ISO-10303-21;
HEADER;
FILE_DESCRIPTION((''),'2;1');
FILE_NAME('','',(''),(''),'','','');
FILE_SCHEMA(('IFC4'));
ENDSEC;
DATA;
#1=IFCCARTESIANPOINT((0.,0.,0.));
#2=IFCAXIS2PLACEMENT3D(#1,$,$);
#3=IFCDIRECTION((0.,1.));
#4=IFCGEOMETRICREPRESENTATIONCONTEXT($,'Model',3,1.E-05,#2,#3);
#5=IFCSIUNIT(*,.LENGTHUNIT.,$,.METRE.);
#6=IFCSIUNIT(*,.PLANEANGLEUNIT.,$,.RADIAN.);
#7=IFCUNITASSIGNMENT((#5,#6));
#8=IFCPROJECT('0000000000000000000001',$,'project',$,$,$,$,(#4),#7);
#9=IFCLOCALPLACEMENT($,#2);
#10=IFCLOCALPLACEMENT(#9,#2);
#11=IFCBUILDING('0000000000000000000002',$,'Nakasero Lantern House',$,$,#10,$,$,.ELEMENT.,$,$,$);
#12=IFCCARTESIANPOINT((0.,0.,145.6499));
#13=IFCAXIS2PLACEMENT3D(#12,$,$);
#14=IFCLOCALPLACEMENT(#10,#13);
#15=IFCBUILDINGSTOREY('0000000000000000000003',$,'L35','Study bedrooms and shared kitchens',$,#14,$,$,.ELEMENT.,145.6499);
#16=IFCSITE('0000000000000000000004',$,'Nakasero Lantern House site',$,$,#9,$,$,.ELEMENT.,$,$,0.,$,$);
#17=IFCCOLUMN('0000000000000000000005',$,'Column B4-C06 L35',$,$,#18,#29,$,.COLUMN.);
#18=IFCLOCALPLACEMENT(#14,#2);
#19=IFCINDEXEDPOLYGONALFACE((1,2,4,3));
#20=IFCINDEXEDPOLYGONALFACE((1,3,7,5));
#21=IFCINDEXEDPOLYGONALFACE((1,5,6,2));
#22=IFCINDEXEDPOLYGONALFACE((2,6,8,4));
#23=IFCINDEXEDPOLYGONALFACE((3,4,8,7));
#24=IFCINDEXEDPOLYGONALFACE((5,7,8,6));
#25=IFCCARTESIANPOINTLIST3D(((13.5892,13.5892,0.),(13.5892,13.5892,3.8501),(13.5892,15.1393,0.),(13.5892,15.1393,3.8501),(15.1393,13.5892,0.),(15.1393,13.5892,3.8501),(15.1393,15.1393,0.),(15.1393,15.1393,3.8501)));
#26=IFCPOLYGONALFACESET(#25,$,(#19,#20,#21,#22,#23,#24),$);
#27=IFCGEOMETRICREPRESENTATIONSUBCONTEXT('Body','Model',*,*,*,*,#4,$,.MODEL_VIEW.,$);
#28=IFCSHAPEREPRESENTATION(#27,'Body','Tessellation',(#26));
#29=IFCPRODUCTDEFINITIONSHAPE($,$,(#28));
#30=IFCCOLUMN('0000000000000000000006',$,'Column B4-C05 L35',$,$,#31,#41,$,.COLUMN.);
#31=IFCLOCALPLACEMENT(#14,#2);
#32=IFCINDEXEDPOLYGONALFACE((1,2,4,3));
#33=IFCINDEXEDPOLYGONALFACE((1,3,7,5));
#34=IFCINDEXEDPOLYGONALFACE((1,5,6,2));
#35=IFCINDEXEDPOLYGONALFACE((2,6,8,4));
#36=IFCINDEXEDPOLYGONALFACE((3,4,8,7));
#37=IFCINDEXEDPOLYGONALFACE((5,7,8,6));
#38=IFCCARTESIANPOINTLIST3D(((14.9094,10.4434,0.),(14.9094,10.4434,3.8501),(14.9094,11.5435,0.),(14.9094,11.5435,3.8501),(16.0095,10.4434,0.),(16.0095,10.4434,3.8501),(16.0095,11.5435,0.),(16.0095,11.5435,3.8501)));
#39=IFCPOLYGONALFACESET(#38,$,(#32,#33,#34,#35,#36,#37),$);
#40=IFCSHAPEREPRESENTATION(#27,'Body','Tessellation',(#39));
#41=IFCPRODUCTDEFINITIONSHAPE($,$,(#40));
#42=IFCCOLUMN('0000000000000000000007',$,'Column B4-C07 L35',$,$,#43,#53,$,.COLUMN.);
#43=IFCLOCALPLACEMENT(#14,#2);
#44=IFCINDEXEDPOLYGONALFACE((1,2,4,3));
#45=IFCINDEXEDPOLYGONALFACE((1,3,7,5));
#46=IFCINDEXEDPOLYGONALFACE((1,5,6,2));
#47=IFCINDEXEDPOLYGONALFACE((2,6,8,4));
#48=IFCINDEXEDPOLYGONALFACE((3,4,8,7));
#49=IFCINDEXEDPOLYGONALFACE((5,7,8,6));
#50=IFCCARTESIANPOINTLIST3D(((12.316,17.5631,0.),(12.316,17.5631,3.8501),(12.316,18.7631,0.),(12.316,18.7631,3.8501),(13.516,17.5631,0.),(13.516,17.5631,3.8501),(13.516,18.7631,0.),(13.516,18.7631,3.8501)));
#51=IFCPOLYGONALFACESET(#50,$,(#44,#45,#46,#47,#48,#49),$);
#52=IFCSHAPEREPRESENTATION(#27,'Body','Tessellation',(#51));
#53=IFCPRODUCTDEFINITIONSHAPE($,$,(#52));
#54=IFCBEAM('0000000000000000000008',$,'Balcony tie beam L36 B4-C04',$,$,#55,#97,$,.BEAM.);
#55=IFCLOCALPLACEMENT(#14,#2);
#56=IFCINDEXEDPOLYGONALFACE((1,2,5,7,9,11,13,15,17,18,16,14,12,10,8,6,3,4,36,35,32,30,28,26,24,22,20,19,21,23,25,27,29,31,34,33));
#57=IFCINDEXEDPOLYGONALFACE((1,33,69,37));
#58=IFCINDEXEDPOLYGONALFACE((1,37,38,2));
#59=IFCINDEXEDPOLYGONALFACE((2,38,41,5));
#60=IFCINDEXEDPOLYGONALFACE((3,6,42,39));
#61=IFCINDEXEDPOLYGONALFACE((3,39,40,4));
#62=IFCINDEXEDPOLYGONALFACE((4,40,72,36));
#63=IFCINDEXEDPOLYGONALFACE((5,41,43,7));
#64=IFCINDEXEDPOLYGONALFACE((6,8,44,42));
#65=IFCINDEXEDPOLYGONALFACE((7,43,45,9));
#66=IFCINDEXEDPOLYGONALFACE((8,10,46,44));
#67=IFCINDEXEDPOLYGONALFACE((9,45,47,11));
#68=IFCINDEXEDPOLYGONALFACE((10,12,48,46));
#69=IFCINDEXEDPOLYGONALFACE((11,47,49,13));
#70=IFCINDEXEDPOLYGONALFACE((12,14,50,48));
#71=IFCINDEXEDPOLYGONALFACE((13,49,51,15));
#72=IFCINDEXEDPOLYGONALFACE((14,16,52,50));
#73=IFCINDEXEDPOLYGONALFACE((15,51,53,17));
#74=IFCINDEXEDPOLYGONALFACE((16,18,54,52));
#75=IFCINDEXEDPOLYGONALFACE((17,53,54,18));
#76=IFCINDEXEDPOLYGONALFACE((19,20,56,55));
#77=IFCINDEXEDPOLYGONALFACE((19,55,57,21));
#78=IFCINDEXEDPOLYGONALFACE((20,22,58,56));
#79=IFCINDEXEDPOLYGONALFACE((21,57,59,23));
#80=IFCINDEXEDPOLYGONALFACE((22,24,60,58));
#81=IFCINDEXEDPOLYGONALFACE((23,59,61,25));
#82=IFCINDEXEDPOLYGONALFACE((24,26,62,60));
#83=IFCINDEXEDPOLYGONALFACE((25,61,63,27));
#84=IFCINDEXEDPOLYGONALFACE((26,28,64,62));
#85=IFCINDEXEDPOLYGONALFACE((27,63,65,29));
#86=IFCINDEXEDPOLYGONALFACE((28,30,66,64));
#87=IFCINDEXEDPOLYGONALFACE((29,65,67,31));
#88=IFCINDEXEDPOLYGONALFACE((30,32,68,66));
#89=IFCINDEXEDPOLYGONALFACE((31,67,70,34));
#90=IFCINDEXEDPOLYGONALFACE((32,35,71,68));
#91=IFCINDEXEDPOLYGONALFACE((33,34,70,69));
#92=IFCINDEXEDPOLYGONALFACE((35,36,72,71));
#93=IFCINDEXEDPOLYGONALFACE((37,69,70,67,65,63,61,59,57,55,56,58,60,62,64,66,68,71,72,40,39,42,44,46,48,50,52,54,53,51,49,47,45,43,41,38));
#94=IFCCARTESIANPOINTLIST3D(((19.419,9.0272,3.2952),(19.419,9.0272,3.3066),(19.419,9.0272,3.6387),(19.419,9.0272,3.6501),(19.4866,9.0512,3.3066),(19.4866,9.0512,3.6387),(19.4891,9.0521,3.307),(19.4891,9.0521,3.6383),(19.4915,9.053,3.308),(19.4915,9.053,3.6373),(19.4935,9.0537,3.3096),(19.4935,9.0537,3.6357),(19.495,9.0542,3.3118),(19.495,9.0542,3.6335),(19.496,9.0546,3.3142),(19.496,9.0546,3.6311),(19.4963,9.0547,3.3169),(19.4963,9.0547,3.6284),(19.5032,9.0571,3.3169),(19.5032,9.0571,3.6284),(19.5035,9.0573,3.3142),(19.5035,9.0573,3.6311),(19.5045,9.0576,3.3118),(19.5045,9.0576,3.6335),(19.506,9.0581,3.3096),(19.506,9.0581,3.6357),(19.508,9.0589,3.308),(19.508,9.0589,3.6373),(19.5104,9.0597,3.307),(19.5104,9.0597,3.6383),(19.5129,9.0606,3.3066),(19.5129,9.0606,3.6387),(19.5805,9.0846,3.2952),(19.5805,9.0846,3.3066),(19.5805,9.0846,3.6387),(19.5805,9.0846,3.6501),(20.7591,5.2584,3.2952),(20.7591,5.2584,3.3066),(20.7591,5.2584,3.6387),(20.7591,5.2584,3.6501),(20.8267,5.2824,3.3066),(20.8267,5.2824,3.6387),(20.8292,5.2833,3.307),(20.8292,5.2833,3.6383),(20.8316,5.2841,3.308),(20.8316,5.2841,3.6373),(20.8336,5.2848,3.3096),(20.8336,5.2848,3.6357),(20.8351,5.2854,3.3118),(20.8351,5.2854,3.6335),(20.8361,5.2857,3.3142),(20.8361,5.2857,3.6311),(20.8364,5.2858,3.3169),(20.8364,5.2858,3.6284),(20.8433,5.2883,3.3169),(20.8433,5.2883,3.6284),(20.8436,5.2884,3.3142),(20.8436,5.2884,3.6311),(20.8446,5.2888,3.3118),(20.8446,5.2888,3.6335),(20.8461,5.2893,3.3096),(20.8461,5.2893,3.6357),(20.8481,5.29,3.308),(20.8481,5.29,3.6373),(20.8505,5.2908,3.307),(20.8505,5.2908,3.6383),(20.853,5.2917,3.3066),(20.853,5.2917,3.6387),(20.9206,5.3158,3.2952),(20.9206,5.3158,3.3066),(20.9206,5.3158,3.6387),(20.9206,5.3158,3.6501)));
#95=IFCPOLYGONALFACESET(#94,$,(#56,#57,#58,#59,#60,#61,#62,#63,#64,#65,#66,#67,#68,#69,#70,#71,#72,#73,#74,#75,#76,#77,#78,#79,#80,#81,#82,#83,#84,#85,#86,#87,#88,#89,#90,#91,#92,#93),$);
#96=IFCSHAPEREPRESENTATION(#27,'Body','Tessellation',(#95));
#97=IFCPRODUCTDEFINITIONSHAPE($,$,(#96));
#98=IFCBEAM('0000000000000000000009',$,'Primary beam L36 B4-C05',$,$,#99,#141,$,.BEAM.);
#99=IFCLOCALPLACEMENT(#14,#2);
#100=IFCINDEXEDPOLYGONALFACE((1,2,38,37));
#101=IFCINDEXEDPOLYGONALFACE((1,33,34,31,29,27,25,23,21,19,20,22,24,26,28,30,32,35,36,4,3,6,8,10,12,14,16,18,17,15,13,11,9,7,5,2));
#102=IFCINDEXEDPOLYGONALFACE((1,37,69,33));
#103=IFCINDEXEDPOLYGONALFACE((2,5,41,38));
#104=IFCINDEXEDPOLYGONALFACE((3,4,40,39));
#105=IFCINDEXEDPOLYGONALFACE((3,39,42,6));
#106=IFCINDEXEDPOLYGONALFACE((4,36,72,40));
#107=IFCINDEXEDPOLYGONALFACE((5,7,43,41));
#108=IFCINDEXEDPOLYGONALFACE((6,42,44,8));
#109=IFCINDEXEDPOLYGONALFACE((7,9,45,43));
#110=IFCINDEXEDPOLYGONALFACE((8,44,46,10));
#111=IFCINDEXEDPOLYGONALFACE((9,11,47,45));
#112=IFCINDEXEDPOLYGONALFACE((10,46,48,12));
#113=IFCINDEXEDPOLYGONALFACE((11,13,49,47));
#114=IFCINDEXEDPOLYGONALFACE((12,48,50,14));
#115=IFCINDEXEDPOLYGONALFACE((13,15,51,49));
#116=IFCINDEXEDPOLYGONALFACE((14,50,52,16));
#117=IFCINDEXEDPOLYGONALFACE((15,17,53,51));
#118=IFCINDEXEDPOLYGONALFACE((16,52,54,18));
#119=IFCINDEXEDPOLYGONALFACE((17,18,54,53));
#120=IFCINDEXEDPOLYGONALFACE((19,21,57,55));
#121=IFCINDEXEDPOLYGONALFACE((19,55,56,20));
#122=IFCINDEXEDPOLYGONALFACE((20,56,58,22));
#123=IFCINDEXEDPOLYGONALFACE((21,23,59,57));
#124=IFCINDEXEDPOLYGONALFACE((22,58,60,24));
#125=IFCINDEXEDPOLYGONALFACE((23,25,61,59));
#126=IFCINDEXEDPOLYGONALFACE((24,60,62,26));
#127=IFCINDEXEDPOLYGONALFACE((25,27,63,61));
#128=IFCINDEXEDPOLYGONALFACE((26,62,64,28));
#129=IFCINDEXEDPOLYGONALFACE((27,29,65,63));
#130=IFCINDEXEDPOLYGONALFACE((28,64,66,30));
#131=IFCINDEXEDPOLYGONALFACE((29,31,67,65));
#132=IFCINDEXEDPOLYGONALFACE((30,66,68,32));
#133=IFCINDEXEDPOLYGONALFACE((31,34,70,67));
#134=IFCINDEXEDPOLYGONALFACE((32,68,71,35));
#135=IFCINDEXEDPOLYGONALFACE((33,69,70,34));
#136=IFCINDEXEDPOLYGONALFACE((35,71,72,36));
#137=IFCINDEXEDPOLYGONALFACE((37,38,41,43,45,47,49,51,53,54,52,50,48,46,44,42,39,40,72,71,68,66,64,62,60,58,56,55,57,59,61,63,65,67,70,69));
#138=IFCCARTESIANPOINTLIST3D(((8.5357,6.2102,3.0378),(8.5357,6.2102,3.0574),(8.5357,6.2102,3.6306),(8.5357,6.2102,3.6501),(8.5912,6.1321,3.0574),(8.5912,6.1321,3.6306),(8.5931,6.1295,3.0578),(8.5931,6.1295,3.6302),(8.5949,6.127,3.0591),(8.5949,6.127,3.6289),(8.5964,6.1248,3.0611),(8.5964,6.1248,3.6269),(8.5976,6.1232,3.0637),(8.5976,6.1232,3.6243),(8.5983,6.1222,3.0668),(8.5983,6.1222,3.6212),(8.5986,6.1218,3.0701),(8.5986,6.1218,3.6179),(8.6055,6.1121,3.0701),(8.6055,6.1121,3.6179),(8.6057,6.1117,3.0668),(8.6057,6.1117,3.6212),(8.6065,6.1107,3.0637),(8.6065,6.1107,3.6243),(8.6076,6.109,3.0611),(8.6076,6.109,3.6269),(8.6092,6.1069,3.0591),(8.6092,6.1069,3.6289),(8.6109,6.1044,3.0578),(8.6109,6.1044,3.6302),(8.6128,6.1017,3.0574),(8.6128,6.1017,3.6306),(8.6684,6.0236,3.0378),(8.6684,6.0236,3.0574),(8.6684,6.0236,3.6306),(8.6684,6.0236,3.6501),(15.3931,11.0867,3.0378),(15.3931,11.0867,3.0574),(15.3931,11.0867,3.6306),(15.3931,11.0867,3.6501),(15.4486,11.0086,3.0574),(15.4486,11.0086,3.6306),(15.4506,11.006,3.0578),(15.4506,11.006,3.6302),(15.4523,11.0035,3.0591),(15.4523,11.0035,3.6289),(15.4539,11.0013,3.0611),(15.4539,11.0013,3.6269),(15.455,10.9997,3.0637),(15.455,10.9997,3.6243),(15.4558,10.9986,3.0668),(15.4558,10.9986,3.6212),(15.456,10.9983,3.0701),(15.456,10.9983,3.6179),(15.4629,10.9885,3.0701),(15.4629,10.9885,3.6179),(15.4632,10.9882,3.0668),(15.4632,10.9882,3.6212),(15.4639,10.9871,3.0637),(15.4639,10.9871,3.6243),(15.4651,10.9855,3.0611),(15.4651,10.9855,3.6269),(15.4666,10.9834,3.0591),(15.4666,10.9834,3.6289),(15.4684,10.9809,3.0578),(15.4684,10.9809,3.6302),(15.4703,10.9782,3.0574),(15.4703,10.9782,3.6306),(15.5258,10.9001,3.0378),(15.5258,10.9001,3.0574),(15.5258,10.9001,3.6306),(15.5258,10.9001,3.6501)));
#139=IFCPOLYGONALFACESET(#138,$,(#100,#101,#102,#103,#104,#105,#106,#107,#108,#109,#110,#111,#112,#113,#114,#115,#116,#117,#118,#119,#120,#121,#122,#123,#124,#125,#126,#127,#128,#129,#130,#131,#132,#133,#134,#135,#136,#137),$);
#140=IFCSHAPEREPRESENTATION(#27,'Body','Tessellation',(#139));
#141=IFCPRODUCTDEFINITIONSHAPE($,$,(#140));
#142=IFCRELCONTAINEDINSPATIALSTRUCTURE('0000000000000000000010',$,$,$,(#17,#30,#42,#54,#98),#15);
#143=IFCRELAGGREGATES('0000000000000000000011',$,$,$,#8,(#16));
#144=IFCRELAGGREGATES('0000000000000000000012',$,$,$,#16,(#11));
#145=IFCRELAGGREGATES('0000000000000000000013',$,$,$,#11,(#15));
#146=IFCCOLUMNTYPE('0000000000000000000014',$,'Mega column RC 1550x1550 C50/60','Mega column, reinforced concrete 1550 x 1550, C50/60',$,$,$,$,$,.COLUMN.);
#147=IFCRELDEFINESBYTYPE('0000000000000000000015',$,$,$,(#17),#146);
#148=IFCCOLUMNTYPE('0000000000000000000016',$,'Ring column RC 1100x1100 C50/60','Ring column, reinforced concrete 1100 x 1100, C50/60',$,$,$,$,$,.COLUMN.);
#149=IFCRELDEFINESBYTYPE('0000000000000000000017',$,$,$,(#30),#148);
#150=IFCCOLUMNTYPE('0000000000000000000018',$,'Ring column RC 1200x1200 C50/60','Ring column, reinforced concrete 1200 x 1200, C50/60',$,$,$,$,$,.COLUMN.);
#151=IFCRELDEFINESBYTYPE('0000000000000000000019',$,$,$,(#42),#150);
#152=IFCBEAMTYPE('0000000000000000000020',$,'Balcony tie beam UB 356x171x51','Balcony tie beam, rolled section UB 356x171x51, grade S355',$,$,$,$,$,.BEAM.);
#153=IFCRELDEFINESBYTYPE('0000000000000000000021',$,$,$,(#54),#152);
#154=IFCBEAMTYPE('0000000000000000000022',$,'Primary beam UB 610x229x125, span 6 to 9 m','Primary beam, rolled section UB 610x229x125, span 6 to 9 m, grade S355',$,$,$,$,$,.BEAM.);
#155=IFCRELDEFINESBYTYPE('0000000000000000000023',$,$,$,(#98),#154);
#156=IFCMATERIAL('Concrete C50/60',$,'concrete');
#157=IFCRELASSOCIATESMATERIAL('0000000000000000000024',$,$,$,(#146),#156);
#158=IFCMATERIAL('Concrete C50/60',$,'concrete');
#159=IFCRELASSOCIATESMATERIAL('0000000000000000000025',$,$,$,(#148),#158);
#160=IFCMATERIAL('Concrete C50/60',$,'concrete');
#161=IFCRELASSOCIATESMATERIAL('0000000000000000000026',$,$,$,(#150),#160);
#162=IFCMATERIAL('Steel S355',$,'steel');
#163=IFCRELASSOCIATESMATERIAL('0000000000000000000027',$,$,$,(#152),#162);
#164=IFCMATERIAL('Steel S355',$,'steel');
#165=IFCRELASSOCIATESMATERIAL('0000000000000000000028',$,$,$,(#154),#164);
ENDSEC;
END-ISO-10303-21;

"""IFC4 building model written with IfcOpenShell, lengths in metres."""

from ifc_helpers import new_model, si_unit, direction, frame, origin, origin_2d, place, context, subcontext, project, spatial, rectangle, i_section, extrude, material, material_profile, profile_set, type_object, element, save


model = new_model("IFC4")

# Units and contexts
model_context = context("Model", 3, precision=1e-05, world=origin(), true_north=direction((0.0, 1.0)))
body_context = subcontext(model_context, "Body", "Model", "MODEL_VIEW")
ifc_project = project(units=[si_unit("LENGTHUNIT", "METRE"), si_unit("PLANEANGLEUNIT", "RADIAN")], contexts=[model_context])

# Site, building, storey
site_placement = place(None, origin())
site = spatial("IfcSite", under=ifc_project, at=site_placement, Name="Nakasero Lantern House site", CompositionType="ELEMENT", RefElevation=0.0)
building_placement = place(site_placement, origin())
building = spatial("IfcBuilding", under=site, at=building_placement, Name="Nakasero Lantern House", CompositionType="ELEMENT")
storey_placement = place(building_placement, frame((0.0, 0.0, 145.6499)))
storey = spatial("IfcBuildingStorey", under=building, at=storey_placement, Name="L35", Description="Study bedrooms and shared kitchens", CompositionType="ELEMENT", Elevation=145.6499)

# Columns
ifc_material_1 = material(Name="Concrete C50/60", Category="concrete")
ifc_material_profile_1 = material_profile(ifc_material_1, rectangle(XDim=1.55, YDim=1.55, at=origin_2d()), Name="RC 1550x1550")
ifc_profile_set_1 = profile_set([ifc_material_profile_1], Name="Concrete C50/60")
column_type_1 = type_object("IfcColumnType", Name="Mega column RC 1550x1550 C50/60", Description="Mega column, reinforced concrete 1550 x 1550, C50/60", PredefinedType="COLUMN", material=ifc_profile_set_1)
column_1_placement = place(storey_placement, frame((14.3643, 14.3643, 0.0), z_axis=(0.0, 0.0, 1.0), x_axis=(1.0, 0.0, 0.0)))
element("IfcColumn", 1, at=column_1_placement, inside=storey, type_object=column_type_1, Name="Column B4-C06 L35", PredefinedType="COLUMN", context=body_context, shape_type="SweptSolid", body=[
    extrude(rectangle(XDim=1.55, YDim=1.55, at=origin_2d()), origin(), (0.0, 0.0, 1.0), 3.8501),
])
ifc_material_2 = material(Name="Concrete C50/60", Category="concrete")
ifc_material_profile_2 = material_profile(ifc_material_2, rectangle(XDim=1.1001, YDim=1.1001, at=origin_2d()), Name="RC 1100x1100")
ifc_profile_set_2 = profile_set([ifc_material_profile_2], Name="Concrete C50/60")
column_type_2 = type_object("IfcColumnType", Name="Ring column RC 1100x1100 C50/60", Description="Ring column, reinforced concrete 1100 x 1100, C50/60", PredefinedType="COLUMN", material=ifc_profile_set_2)
column_2_placement = place(storey_placement, frame((15.4595, 10.9934, 0.0), z_axis=(0.0, 0.0, 1.0), x_axis=(1.0, 0.0, 0.0)))
element("IfcColumn", 2, at=column_2_placement, inside=storey, type_object=column_type_2, Name="Column B4-C05 L35", PredefinedType="COLUMN", context=body_context, shape_type="SweptSolid", body=[
    extrude(rectangle(XDim=1.1001, YDim=1.1001, at=origin_2d()), origin(), (0.0, 0.0, 1.0), 3.8501),
])
ifc_material_3 = material(Name="Concrete C50/60", Category="concrete")
ifc_material_profile_3 = material_profile(ifc_material_3, rectangle(XDim=1.2, YDim=1.2, at=origin_2d()), Name="RC 1200x1200")
ifc_profile_set_3 = profile_set([ifc_material_profile_3], Name="Concrete C50/60")
column_type_3 = type_object("IfcColumnType", Name="Ring column RC 1200x1200 C50/60", Description="Ring column, reinforced concrete 1200 x 1200, C50/60", PredefinedType="COLUMN", material=ifc_profile_set_3)
column_3_placement = place(storey_placement, frame((12.916, 18.1631, 0.0), z_axis=(0.0, 0.0, 1.0), x_axis=(1.0, 0.0, 0.0)))
element("IfcColumn", 3, at=column_3_placement, inside=storey, type_object=column_type_3, Name="Column B4-C07 L35", PredefinedType="COLUMN", context=body_context, shape_type="SweptSolid", body=[
    extrude(rectangle(XDim=1.2, YDim=1.2, at=origin_2d()), origin(), (0.0, 0.0, 1.0), 3.8501),
])

# Beams
ifc_material_4 = material(Name="Steel S355", Category="steel")
ifc_material_profile_4 = material_profile(ifc_material_4, i_section(OverallWidth=0.1714, OverallDepth=0.355, WebThickness=0.0073, FlangeThickness=0.0115, FilletRadius=0.0103, at=origin_2d()), Name="UB 356x171x51")
ifc_profile_set_4 = profile_set([ifc_material_profile_4], Name="Steel S355")
beam_type_1 = type_object("IfcBeamType", Name="Balcony tie beam UB 356x171x51", Description="Balcony tie beam, rolled section UB 356x171x51, grade S355", PredefinedType="BEAM", material=ifc_profile_set_4)
beam_1_placement = place(storey_placement, frame((19.4998, 9.0559, 3.4727), z_axis=(0.335025, -0.942209, 0.0), x_axis=(0.942209, 0.335025, 0.0)))
element("IfcBeam", 4, at=beam_1_placement, inside=storey, type_object=beam_type_1, Name="Balcony tie beam L36 B4-C04", PredefinedType="BEAM", context=body_context, shape_type="SweptSolid", body=[
    extrude(i_section(OverallWidth=0.1714, OverallDepth=0.355, WebThickness=0.0073, FlangeThickness=0.0115, FilletRadius=0.0103, at=origin_2d()), origin(), (0.0, 0.0, 1.0), 4.0),
])
ifc_material_5 = material(Name="Steel S355", Category="steel")
ifc_material_profile_5 = material_profile(ifc_material_5, i_section(OverallWidth=0.229, OverallDepth=0.6123, WebThickness=0.012, FlangeThickness=0.0195, FilletRadius=0.0127, at=origin_2d()), Name="UB 610x229x125")
ifc_profile_set_5 = profile_set([ifc_material_profile_5], Name="Steel S355")
beam_type_2 = type_object("IfcBeamType", Name="Primary beam UB 610x229x125, span 6 to 9 m", Description="Primary beam, rolled section UB 610x229x125, span 6 to 9 m, grade S355", PredefinedType="BEAM", material=ifc_profile_set_5)
beam_2_placement = place(storey_placement, frame((15.4595, 10.9934, 3.344), z_axis=(-0.814951, -0.57953, 0.0), x_axis=(0.57953, -0.814951, 0.0)))
element("IfcBeam", 5, at=beam_2_placement, inside=storey, type_object=beam_type_2, Name="Primary beam L36 B4-C05", PredefinedType="BEAM", context=body_context, shape_type="SweptSolid", body=[
    extrude(i_section(OverallWidth=0.229, OverallDepth=0.6123, WebThickness=0.012, FlangeThickness=0.0195, FilletRadius=0.0127, at=origin_2d()), origin(), (0.0, 0.0, 1.0), 8.4146),
])

save(model, "model.ifc")
